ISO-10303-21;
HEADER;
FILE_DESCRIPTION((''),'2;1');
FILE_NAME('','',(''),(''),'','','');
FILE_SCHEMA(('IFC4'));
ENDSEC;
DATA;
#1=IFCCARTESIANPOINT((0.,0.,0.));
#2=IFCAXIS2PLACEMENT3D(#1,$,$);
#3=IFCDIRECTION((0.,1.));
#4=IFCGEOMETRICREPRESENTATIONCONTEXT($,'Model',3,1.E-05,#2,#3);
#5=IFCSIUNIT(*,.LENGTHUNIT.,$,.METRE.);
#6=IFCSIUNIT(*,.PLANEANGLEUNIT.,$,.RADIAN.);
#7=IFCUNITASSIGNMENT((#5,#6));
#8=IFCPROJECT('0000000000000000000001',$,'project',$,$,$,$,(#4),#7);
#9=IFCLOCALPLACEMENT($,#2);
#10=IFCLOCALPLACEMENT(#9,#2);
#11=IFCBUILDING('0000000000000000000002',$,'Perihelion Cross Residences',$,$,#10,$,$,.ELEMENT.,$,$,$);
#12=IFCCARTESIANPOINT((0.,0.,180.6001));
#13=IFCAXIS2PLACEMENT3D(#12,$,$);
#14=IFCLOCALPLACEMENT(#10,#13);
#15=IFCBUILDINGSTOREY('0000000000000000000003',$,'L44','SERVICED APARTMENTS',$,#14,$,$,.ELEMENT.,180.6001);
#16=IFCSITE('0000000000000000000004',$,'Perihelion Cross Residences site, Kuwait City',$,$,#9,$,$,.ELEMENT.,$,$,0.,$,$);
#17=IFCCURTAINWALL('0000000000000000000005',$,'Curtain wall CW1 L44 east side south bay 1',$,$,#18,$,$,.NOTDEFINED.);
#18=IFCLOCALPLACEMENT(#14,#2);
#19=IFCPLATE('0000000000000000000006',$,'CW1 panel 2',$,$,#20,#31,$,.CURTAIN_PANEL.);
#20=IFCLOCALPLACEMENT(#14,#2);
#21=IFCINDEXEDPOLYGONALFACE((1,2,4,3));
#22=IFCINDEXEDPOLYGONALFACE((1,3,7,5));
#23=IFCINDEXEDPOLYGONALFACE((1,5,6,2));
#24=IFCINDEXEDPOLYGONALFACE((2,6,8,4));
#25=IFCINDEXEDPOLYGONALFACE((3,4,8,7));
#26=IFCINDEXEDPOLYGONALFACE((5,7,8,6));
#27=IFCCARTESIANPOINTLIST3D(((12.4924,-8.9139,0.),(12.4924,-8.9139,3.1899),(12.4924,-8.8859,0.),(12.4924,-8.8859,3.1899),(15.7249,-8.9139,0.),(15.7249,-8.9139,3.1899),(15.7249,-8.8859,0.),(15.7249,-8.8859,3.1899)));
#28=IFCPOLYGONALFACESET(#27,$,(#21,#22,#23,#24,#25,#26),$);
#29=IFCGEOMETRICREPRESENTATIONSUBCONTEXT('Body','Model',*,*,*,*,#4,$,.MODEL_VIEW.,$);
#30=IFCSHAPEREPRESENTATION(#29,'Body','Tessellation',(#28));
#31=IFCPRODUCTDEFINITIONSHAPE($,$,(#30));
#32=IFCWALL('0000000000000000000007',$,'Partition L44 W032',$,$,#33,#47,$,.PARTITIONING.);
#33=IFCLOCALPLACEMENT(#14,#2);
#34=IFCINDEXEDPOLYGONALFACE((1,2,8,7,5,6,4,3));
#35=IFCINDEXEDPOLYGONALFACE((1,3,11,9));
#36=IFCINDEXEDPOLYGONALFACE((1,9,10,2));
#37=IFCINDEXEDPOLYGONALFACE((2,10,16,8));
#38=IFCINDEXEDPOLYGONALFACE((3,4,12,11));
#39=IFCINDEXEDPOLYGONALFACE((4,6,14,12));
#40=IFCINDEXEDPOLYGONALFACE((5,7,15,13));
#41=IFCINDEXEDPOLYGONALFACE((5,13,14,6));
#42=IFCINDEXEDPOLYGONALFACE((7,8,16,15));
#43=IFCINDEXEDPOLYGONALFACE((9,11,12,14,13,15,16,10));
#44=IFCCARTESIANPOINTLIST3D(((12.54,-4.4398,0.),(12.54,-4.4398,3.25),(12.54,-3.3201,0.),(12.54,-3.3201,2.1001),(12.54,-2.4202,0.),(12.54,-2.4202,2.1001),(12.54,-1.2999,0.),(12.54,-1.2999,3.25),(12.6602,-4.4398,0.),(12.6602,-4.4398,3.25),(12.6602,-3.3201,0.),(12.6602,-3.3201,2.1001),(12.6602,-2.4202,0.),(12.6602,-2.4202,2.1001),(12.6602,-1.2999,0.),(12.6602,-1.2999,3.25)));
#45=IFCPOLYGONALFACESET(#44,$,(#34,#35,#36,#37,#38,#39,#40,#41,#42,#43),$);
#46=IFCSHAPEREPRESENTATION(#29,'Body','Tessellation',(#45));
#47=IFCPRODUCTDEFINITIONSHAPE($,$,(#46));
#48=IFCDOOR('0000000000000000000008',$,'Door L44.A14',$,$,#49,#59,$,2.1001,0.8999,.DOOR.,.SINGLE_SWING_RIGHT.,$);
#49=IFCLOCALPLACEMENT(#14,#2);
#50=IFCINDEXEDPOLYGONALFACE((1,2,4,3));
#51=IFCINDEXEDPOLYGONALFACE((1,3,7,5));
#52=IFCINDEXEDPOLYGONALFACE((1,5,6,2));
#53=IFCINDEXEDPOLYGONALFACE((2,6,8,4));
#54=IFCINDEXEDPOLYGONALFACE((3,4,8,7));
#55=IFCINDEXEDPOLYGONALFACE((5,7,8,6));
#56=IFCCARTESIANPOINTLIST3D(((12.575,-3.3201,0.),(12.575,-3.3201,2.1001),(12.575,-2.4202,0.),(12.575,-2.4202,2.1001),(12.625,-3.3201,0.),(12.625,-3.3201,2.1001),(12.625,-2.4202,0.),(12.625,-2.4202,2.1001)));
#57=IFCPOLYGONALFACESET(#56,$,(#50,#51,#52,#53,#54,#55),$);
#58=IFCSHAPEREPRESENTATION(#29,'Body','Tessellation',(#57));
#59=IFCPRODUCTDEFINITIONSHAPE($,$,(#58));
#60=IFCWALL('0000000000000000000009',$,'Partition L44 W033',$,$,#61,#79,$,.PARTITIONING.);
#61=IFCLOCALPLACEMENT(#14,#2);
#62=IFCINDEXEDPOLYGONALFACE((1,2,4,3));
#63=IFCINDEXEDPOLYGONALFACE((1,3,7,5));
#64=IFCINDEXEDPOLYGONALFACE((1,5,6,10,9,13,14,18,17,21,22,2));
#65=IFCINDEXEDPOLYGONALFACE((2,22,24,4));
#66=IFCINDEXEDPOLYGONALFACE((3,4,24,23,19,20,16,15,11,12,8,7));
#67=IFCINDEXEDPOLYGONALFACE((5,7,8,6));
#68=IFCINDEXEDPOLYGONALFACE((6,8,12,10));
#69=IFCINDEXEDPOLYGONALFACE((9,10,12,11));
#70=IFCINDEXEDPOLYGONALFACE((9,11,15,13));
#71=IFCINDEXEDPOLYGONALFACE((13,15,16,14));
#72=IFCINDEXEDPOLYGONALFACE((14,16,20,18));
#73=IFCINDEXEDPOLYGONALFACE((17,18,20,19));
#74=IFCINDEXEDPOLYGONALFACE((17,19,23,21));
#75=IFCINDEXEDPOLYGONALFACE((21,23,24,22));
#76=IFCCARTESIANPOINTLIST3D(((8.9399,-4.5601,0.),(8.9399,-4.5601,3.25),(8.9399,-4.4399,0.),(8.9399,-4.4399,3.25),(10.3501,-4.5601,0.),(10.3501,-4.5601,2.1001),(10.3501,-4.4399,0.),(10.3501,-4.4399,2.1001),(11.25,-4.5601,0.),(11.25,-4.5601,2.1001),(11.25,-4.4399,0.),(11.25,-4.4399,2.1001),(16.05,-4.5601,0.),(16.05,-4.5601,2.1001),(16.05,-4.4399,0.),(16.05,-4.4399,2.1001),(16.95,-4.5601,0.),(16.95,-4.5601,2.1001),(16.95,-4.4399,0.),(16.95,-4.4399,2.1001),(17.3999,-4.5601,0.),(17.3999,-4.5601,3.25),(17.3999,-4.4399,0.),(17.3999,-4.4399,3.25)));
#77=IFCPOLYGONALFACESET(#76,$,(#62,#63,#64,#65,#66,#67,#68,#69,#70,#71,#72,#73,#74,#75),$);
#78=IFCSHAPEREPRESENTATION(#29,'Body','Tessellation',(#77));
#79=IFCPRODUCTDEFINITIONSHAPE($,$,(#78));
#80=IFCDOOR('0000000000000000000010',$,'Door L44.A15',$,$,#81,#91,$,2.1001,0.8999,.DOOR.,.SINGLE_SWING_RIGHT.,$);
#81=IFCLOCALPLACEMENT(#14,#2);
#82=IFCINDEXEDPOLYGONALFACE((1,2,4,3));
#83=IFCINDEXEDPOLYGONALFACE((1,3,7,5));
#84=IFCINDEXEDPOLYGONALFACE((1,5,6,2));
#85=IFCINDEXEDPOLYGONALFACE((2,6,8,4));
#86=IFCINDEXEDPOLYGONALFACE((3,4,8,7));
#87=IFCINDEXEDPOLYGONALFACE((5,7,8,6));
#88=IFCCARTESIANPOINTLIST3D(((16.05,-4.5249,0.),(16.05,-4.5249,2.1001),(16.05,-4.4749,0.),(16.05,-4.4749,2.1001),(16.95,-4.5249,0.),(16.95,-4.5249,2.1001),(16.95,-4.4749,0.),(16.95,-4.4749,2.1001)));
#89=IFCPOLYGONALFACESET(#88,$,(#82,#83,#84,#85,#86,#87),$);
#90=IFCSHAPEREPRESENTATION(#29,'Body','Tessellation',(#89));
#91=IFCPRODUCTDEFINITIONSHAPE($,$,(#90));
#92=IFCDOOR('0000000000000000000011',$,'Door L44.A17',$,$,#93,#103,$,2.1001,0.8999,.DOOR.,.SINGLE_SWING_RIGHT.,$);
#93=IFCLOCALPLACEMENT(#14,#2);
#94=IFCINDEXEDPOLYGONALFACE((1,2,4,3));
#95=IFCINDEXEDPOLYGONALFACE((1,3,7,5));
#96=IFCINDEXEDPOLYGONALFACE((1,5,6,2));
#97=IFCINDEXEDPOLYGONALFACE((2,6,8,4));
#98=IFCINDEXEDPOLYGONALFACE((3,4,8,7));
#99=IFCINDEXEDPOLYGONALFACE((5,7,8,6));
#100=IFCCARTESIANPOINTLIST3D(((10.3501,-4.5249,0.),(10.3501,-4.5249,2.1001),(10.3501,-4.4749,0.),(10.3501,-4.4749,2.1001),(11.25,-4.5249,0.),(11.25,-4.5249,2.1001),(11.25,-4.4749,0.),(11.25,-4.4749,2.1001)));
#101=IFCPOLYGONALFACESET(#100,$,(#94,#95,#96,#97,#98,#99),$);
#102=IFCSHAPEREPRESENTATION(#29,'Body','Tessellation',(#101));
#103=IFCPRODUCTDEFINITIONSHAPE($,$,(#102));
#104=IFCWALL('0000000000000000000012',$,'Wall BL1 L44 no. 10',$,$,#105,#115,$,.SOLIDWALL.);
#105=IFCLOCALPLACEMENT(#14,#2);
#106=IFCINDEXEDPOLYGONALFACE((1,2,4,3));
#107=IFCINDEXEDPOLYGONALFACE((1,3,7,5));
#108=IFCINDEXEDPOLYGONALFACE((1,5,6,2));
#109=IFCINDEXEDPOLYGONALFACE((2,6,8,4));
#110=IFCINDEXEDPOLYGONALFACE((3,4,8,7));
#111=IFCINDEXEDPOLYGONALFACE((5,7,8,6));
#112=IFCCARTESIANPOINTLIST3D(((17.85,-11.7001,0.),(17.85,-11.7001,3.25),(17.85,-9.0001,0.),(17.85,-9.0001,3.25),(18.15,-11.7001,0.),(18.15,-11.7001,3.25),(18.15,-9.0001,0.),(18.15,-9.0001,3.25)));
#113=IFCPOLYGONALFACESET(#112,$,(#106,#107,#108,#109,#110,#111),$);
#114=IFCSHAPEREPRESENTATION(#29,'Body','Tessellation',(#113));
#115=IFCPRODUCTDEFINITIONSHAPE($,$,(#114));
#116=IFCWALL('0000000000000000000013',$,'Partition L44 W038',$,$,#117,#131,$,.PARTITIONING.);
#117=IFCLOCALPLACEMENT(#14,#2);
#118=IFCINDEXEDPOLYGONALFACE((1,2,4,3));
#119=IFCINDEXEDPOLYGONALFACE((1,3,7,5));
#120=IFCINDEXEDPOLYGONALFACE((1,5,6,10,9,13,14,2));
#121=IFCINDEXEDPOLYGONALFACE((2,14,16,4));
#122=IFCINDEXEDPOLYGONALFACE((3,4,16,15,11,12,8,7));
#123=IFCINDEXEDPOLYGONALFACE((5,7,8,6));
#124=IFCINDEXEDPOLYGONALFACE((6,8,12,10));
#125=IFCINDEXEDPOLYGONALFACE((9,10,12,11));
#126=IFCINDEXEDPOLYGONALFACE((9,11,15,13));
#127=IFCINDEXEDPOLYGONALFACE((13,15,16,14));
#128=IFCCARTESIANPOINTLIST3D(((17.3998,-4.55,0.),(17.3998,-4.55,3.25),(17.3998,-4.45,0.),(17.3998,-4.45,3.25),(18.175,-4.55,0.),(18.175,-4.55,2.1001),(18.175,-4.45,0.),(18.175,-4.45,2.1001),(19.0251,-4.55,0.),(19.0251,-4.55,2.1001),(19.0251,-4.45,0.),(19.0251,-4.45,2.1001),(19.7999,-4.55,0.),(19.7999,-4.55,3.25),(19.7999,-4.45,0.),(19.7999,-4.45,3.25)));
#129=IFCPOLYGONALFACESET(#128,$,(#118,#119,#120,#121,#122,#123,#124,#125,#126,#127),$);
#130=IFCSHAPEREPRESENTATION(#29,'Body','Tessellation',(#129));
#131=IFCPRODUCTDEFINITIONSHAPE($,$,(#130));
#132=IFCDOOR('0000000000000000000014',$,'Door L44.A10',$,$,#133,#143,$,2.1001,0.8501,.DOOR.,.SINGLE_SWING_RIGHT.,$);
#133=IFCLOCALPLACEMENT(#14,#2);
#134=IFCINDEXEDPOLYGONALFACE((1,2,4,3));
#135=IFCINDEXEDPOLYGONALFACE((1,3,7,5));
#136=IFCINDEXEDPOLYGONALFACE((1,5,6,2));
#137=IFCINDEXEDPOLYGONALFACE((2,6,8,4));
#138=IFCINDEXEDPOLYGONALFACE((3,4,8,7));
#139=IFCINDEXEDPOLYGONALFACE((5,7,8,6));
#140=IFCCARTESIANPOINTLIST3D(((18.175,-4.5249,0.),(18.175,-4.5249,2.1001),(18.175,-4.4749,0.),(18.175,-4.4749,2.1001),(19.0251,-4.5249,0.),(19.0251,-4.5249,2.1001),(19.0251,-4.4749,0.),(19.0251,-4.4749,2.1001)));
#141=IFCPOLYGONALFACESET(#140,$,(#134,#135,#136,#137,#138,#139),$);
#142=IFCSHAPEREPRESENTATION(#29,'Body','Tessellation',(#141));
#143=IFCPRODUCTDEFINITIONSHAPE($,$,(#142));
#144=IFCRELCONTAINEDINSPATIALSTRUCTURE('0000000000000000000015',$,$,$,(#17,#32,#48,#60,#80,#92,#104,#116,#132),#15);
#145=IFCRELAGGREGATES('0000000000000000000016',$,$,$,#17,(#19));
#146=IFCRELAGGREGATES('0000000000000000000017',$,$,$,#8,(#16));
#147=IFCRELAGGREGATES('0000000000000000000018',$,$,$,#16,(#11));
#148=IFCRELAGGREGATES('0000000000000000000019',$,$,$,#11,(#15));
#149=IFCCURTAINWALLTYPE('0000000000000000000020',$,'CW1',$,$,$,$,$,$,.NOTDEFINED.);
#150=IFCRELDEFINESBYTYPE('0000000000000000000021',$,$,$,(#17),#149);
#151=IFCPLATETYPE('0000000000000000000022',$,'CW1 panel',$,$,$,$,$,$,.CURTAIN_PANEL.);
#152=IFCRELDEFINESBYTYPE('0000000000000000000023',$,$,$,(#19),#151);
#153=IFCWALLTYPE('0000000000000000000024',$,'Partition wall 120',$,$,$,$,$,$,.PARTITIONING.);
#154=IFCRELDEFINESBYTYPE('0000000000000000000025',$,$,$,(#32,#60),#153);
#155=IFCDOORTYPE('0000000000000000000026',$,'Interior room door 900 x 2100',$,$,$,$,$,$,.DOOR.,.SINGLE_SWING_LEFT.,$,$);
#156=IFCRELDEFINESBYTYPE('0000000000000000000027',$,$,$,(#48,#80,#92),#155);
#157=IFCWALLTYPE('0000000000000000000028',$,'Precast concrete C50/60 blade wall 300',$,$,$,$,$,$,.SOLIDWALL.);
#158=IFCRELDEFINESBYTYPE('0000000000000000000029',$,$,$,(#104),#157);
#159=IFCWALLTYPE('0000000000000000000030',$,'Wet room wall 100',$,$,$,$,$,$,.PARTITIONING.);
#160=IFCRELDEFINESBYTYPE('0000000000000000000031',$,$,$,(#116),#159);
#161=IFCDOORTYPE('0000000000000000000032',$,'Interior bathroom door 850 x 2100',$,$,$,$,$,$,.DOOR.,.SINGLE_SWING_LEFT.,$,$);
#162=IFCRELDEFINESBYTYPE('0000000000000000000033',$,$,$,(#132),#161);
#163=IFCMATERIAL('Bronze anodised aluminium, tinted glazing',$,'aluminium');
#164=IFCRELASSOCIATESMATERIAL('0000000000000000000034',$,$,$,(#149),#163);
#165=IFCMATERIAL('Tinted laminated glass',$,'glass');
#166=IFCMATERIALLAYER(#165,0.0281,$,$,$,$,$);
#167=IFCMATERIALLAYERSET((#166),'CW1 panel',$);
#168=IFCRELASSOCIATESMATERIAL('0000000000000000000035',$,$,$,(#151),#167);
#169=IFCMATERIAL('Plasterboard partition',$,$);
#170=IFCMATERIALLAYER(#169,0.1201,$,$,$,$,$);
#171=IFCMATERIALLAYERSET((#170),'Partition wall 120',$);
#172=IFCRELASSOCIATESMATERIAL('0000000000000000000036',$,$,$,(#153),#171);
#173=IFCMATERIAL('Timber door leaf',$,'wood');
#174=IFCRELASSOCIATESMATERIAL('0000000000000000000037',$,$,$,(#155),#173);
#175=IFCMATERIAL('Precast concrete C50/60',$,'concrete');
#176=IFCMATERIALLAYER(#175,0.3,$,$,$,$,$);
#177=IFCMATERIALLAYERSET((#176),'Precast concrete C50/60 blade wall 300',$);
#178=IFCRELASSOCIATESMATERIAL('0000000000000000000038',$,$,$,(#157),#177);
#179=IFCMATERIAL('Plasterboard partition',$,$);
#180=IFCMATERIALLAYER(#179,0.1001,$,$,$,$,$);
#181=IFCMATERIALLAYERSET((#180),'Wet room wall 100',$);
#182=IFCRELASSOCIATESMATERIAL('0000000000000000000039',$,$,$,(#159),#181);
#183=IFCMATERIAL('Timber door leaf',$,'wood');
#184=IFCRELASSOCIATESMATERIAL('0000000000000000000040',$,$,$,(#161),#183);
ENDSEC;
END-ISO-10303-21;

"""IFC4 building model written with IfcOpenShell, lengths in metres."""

from ifc_helpers import new_model, si_unit, direction, frame, frame_2d, origin, origin_2d, place, context, subcontext, project, spatial, rectangle, extrude, material, layer, layer_set, type_object, element, fill, aggregate, save


model = new_model("IFC4")

# Units and contexts
model_context = context("Model", 3, precision=1e-05, world=origin(), true_north=direction((0.0, 1.0)))
body_context = subcontext(model_context, "Body", "Model", "MODEL_VIEW")
ifc_project = project(units=[si_unit("LENGTHUNIT", "METRE"), si_unit("PLANEANGLEUNIT", "RADIAN")], contexts=[model_context])

# Site, building, storey
site_placement = place(None, origin())
site = spatial("IfcSite", under=ifc_project, at=site_placement, Name="Perihelion Cross Residences site, Kuwait City", CompositionType="ELEMENT", RefElevation=0.0)
building_placement = place(site_placement, origin())
building = spatial("IfcBuilding", under=site, at=building_placement, Name="Perihelion Cross Residences", CompositionType="ELEMENT")
storey_placement = place(building_placement, frame((0.0, 0.0, 180.6001)))
storey = spatial("IfcBuildingStorey", under=building, at=storey_placement, Name="L44", Description="SERVICED APARTMENTS", CompositionType="ELEMENT", Elevation=180.6001)

# Curtain wall
ifc_material_1 = material(Name="Bronze anodised aluminium, tinted glazing", Category="aluminium")
curtain_wall_type = type_object("IfcCurtainWallType", Name="CW1", PredefinedType="NOTDEFINED", material=ifc_material_1)
curtain_wall_placement = place(storey_placement, origin())
curtain_wall = element("IfcCurtainWall", 1, at=curtain_wall_placement, inside=storey, type_object=curtain_wall_type, Name="Curtain wall CW1 L44 east side south bay 1", PredefinedType="NOTDEFINED")

# Plate
ifc_material_2 = material(Name="Tinted laminated glass", Category="glass")
ifc_layer_1 = layer(ifc_material_2, 0.0281)
ifc_layer_set_1 = layer_set([ifc_layer_1], Name="CW1 panel")
plate_type = type_object("IfcPlateType", Name="CW1 panel", PredefinedType="CURTAIN_PANEL", material=ifc_layer_set_1)
plate_1_placement = place(storey_placement, frame((14.1086, -8.8999, 0.0), z_axis=(0.0, 0.0, 1.0), x_axis=(1.0, 0.0, 0.0)))
plate_1 = element("IfcPlate", 2, at=plate_1_placement, type_object=plate_type, Name="CW1 panel 2", PredefinedType="CURTAIN_PANEL", context=body_context, shape_type="SweptSolid", body=[
    extrude(rectangle(XDim=3.2324, YDim=0.0281, at=origin_2d()), origin(), (0.0, 0.0, 1.0), 3.1899),
])
aggregate(curtain_wall, [plate_1])

# Wall, opening, door
ifc_material_3 = material(Name="Plasterboard partition")
ifc_layer_2 = layer(ifc_material_3, 0.1201)
ifc_layer_set_2 = layer_set([ifc_layer_2], Name="Partition wall 120")
wall_type_1 = type_object("IfcWallType", Name="Partition wall 120", PredefinedType="PARTITIONING", material=ifc_layer_set_2)
wall_1_placement = place(storey_placement, frame((12.6001, -1.3, 0.0), z_axis=(0.0, 0.0, 1.0), x_axis=(0.0, -1.0, 0.0)))
wall_1 = element("IfcWall", 3, at=wall_1_placement, inside=storey, type_object=wall_type_1, Name="Partition L44 W032", PredefinedType="PARTITIONING", context=body_context, shape_type="SweptSolid", body=[
    extrude(rectangle(XDim=3.1399, YDim=0.1201, at=frame_2d((1.5698, 0.0))), origin(), (0.0, 0.0, 1.0), 3.25),
])
opening_1_placement = place(wall_1_placement, frame((1.1201, 0.0, 0.0)))
opening_1 = element("IfcOpeningElement", 4, at=opening_1_placement, cuts=wall_1, PredefinedType="OPENING", context=body_context, shape_type="SweptSolid", body=[
    extrude(rectangle(XDim=0.8999, YDim=2.1001, at=frame_2d((0.45, 1.05))), frame((0.0, 0.0701, 0.0), z_axis=(0.0, -1.0, 0.0), x_axis=(1.0, 0.0, 0.0)), (0.0, 0.0, 1.0), 0.1401),
])
ifc_material_4 = material(Name="Timber door leaf", Category="wood")
door_type_1 = type_object("IfcDoorType", Name="Interior room door 900 x 2100", OperationType="SINGLE_SWING_LEFT", PredefinedType="DOOR", material=ifc_material_4)
door_1_placement = place(opening_1_placement, origin())
door_1 = element("IfcDoor", 5, at=door_1_placement, inside=storey, type_object=door_type_1, Name="Door L44.A14", OperationType="SINGLE_SWING_RIGHT", OverallHeight=2.1001, OverallWidth=0.8999, PredefinedType="DOOR", context=body_context, shape_type="SweptSolid", body=[
    extrude(rectangle(XDim=0.8999, YDim=2.1001, at=frame_2d((0.45, 1.05))), frame((0.0, 0.0249, 0.0), z_axis=(0.0, -1.0, 0.0), x_axis=(1.0, 0.0, 0.0)), (0.0, 0.0, 1.0), 0.05),
])
fill(opening_1, door_1)

# Wall, openings, doors
wall_2_placement = place(storey_placement, frame((17.3999, -4.5, 0.0), z_axis=(0.0, 0.0, 1.0), x_axis=(-1.0, 0.0, 0.0)))
wall_2 = element("IfcWall", 6, at=wall_2_placement, inside=storey, type_object=wall_type_1, Name="Partition L44 W033", PredefinedType="PARTITIONING", context=body_context, shape_type="SweptSolid", body=[
    extrude(rectangle(XDim=8.46, YDim=0.1201, at=frame_2d((4.23, 0.0))), origin(), (0.0, 0.0, 1.0), 3.25),
])
opening_2_placement = place(wall_2_placement, frame((0.45, 0.0, 0.0)))
opening_2 = element("IfcOpeningElement", 7, at=opening_2_placement, cuts=wall_2, PredefinedType="OPENING", context=body_context, shape_type="SweptSolid", body=[
    extrude(rectangle(XDim=0.8999, YDim=2.1001, at=frame_2d((0.45, 1.05))), frame((0.0, 0.0701, 0.0), z_axis=(0.0, -1.0, 0.0), x_axis=(1.0, 0.0, 0.0)), (0.0, 0.0, 1.0), 0.1401),
])
opening_3_placement = place(wall_2_placement, frame((6.1499, 0.0, 0.0)))
opening_3 = element("IfcOpeningElement", 8, at=opening_3_placement, cuts=wall_2, PredefinedType="OPENING", context=body_context, shape_type="SweptSolid", body=[
    extrude(rectangle(XDim=0.8999, YDim=2.1001, at=frame_2d((0.45, 1.05))), frame((0.0, 0.0701, 0.0), z_axis=(0.0, -1.0, 0.0), x_axis=(1.0, 0.0, 0.0)), (0.0, 0.0, 1.0), 0.1401),
])
door_2_placement = place(opening_2_placement, origin())
door_2 = element("IfcDoor", 9, at=door_2_placement, inside=storey, type_object=door_type_1, Name="Door L44.A15", OperationType="SINGLE_SWING_RIGHT", OverallHeight=2.1001, OverallWidth=0.8999, PredefinedType="DOOR", context=body_context, shape_type="SweptSolid", body=[
    extrude(rectangle(XDim=0.8999, YDim=2.1001, at=frame_2d((0.45, 1.05))), frame((0.0, 0.0249, 0.0), z_axis=(0.0, -1.0, 0.0), x_axis=(1.0, 0.0, 0.0)), (0.0, 0.0, 1.0), 0.05),
])
fill(opening_2, door_2)
door_3_placement = place(opening_3_placement, origin())
door_3 = element("IfcDoor", 10, at=door_3_placement, inside=storey, type_object=door_type_1, Name="Door L44.A17", OperationType="SINGLE_SWING_RIGHT", OverallHeight=2.1001, OverallWidth=0.8999, PredefinedType="DOOR", context=body_context, shape_type="SweptSolid", body=[
    extrude(rectangle(XDim=0.8999, YDim=2.1001, at=frame_2d((0.45, 1.05))), frame((0.0, 0.0249, 0.0), z_axis=(0.0, -1.0, 0.0), x_axis=(1.0, 0.0, 0.0)), (0.0, 0.0, 1.0), 0.05),
])
fill(opening_3, door_3)

# Wall
ifc_material_5 = material(Name="Precast concrete C50/60", Category="concrete")
ifc_layer_3 = layer(ifc_material_5, 0.3)
ifc_layer_set_3 = layer_set([ifc_layer_3], Name="Precast concrete C50/60 blade wall 300")
wall_type_2 = type_object("IfcWallType", Name="Precast concrete C50/60 blade wall 300", PredefinedType="SOLIDWALL", material=ifc_layer_set_3)
wall_3_placement = place(storey_placement, frame((18.0, -9.0, 0.0), z_axis=(0.0, 0.0, 1.0), x_axis=(0.0, -1.0, 0.0)))
element("IfcWall", 11, at=wall_3_placement, inside=storey, type_object=wall_type_2, Name="Wall BL1 L44 no. 10", PredefinedType="SOLIDWALL", context=body_context, shape_type="SweptSolid", body=[
    extrude(rectangle(XDim=2.7, YDim=0.3, at=frame_2d((1.3501, 0.0))), origin(), (0.0, 0.0, 1.0), 3.25),
])

# Wall, opening, door
ifc_material_6 = material(Name="Plasterboard partition")
ifc_layer_4 = layer(ifc_material_6, 0.1001)
ifc_layer_set_4 = layer_set([ifc_layer_4], Name="Wet room wall 100")
wall_type_3 = type_object("IfcWallType", Name="Wet room wall 100", PredefinedType="PARTITIONING", material=ifc_layer_set_4)
wall_4_placement = place(storey_placement, frame((19.8, -4.5, 0.0), z_axis=(0.0, 0.0, 1.0), x_axis=(-1.0, 0.0, 0.0)))
wall_4 = element("IfcWall", 12, at=wall_4_placement, inside=storey, type_object=wall_type_3, Name="Partition L44 W038", PredefinedType="PARTITIONING", context=body_context, shape_type="SweptSolid", body=[
    extrude(rectangle(XDim=2.4001, YDim=0.1001, at=frame_2d((1.2002, 0.0))), origin(), (0.0, 0.0, 1.0), 3.25),
])
opening_4_placement = place(wall_4_placement, frame((0.7749, 0.0, 0.0)))
opening_4 = element("IfcOpeningElement", 13, at=opening_4_placement, cuts=wall_4, PredefinedType="OPENING", context=body_context, shape_type="SweptSolid", body=[
    extrude(rectangle(XDim=0.8501, YDim=2.1001, at=frame_2d((0.425, 1.05))), frame((0.0, 0.0601, 0.0), z_axis=(0.0, -1.0, 0.0), x_axis=(1.0, 0.0, 0.0)), (0.0, 0.0, 1.0), 0.1201),
])
ifc_material_7 = material(Name="Timber door leaf", Category="wood")
door_type_2 = type_object("IfcDoorType", Name="Interior bathroom door 850 x 2100", OperationType="SINGLE_SWING_LEFT", PredefinedType="DOOR", material=ifc_material_7)
door_4_placement = place(opening_4_placement, origin())
door_4 = element("IfcDoor", 14, at=door_4_placement, inside=storey, type_object=door_type_2, Name="Door L44.A10", OperationType="SINGLE_SWING_RIGHT", OverallHeight=2.1001, OverallWidth=0.8501, PredefinedType="DOOR", context=body_context, shape_type="SweptSolid", body=[
    extrude(rectangle(XDim=0.8501, YDim=2.1001, at=frame_2d((0.425, 1.05))), frame((0.0, 0.0249, 0.0), z_axis=(0.0, -1.0, 0.0), x_axis=(1.0, 0.0, 0.0)), (0.0, 0.0, 1.0), 0.05),
])
fill(opening_4, door_4)

save(model, "model.ifc")
